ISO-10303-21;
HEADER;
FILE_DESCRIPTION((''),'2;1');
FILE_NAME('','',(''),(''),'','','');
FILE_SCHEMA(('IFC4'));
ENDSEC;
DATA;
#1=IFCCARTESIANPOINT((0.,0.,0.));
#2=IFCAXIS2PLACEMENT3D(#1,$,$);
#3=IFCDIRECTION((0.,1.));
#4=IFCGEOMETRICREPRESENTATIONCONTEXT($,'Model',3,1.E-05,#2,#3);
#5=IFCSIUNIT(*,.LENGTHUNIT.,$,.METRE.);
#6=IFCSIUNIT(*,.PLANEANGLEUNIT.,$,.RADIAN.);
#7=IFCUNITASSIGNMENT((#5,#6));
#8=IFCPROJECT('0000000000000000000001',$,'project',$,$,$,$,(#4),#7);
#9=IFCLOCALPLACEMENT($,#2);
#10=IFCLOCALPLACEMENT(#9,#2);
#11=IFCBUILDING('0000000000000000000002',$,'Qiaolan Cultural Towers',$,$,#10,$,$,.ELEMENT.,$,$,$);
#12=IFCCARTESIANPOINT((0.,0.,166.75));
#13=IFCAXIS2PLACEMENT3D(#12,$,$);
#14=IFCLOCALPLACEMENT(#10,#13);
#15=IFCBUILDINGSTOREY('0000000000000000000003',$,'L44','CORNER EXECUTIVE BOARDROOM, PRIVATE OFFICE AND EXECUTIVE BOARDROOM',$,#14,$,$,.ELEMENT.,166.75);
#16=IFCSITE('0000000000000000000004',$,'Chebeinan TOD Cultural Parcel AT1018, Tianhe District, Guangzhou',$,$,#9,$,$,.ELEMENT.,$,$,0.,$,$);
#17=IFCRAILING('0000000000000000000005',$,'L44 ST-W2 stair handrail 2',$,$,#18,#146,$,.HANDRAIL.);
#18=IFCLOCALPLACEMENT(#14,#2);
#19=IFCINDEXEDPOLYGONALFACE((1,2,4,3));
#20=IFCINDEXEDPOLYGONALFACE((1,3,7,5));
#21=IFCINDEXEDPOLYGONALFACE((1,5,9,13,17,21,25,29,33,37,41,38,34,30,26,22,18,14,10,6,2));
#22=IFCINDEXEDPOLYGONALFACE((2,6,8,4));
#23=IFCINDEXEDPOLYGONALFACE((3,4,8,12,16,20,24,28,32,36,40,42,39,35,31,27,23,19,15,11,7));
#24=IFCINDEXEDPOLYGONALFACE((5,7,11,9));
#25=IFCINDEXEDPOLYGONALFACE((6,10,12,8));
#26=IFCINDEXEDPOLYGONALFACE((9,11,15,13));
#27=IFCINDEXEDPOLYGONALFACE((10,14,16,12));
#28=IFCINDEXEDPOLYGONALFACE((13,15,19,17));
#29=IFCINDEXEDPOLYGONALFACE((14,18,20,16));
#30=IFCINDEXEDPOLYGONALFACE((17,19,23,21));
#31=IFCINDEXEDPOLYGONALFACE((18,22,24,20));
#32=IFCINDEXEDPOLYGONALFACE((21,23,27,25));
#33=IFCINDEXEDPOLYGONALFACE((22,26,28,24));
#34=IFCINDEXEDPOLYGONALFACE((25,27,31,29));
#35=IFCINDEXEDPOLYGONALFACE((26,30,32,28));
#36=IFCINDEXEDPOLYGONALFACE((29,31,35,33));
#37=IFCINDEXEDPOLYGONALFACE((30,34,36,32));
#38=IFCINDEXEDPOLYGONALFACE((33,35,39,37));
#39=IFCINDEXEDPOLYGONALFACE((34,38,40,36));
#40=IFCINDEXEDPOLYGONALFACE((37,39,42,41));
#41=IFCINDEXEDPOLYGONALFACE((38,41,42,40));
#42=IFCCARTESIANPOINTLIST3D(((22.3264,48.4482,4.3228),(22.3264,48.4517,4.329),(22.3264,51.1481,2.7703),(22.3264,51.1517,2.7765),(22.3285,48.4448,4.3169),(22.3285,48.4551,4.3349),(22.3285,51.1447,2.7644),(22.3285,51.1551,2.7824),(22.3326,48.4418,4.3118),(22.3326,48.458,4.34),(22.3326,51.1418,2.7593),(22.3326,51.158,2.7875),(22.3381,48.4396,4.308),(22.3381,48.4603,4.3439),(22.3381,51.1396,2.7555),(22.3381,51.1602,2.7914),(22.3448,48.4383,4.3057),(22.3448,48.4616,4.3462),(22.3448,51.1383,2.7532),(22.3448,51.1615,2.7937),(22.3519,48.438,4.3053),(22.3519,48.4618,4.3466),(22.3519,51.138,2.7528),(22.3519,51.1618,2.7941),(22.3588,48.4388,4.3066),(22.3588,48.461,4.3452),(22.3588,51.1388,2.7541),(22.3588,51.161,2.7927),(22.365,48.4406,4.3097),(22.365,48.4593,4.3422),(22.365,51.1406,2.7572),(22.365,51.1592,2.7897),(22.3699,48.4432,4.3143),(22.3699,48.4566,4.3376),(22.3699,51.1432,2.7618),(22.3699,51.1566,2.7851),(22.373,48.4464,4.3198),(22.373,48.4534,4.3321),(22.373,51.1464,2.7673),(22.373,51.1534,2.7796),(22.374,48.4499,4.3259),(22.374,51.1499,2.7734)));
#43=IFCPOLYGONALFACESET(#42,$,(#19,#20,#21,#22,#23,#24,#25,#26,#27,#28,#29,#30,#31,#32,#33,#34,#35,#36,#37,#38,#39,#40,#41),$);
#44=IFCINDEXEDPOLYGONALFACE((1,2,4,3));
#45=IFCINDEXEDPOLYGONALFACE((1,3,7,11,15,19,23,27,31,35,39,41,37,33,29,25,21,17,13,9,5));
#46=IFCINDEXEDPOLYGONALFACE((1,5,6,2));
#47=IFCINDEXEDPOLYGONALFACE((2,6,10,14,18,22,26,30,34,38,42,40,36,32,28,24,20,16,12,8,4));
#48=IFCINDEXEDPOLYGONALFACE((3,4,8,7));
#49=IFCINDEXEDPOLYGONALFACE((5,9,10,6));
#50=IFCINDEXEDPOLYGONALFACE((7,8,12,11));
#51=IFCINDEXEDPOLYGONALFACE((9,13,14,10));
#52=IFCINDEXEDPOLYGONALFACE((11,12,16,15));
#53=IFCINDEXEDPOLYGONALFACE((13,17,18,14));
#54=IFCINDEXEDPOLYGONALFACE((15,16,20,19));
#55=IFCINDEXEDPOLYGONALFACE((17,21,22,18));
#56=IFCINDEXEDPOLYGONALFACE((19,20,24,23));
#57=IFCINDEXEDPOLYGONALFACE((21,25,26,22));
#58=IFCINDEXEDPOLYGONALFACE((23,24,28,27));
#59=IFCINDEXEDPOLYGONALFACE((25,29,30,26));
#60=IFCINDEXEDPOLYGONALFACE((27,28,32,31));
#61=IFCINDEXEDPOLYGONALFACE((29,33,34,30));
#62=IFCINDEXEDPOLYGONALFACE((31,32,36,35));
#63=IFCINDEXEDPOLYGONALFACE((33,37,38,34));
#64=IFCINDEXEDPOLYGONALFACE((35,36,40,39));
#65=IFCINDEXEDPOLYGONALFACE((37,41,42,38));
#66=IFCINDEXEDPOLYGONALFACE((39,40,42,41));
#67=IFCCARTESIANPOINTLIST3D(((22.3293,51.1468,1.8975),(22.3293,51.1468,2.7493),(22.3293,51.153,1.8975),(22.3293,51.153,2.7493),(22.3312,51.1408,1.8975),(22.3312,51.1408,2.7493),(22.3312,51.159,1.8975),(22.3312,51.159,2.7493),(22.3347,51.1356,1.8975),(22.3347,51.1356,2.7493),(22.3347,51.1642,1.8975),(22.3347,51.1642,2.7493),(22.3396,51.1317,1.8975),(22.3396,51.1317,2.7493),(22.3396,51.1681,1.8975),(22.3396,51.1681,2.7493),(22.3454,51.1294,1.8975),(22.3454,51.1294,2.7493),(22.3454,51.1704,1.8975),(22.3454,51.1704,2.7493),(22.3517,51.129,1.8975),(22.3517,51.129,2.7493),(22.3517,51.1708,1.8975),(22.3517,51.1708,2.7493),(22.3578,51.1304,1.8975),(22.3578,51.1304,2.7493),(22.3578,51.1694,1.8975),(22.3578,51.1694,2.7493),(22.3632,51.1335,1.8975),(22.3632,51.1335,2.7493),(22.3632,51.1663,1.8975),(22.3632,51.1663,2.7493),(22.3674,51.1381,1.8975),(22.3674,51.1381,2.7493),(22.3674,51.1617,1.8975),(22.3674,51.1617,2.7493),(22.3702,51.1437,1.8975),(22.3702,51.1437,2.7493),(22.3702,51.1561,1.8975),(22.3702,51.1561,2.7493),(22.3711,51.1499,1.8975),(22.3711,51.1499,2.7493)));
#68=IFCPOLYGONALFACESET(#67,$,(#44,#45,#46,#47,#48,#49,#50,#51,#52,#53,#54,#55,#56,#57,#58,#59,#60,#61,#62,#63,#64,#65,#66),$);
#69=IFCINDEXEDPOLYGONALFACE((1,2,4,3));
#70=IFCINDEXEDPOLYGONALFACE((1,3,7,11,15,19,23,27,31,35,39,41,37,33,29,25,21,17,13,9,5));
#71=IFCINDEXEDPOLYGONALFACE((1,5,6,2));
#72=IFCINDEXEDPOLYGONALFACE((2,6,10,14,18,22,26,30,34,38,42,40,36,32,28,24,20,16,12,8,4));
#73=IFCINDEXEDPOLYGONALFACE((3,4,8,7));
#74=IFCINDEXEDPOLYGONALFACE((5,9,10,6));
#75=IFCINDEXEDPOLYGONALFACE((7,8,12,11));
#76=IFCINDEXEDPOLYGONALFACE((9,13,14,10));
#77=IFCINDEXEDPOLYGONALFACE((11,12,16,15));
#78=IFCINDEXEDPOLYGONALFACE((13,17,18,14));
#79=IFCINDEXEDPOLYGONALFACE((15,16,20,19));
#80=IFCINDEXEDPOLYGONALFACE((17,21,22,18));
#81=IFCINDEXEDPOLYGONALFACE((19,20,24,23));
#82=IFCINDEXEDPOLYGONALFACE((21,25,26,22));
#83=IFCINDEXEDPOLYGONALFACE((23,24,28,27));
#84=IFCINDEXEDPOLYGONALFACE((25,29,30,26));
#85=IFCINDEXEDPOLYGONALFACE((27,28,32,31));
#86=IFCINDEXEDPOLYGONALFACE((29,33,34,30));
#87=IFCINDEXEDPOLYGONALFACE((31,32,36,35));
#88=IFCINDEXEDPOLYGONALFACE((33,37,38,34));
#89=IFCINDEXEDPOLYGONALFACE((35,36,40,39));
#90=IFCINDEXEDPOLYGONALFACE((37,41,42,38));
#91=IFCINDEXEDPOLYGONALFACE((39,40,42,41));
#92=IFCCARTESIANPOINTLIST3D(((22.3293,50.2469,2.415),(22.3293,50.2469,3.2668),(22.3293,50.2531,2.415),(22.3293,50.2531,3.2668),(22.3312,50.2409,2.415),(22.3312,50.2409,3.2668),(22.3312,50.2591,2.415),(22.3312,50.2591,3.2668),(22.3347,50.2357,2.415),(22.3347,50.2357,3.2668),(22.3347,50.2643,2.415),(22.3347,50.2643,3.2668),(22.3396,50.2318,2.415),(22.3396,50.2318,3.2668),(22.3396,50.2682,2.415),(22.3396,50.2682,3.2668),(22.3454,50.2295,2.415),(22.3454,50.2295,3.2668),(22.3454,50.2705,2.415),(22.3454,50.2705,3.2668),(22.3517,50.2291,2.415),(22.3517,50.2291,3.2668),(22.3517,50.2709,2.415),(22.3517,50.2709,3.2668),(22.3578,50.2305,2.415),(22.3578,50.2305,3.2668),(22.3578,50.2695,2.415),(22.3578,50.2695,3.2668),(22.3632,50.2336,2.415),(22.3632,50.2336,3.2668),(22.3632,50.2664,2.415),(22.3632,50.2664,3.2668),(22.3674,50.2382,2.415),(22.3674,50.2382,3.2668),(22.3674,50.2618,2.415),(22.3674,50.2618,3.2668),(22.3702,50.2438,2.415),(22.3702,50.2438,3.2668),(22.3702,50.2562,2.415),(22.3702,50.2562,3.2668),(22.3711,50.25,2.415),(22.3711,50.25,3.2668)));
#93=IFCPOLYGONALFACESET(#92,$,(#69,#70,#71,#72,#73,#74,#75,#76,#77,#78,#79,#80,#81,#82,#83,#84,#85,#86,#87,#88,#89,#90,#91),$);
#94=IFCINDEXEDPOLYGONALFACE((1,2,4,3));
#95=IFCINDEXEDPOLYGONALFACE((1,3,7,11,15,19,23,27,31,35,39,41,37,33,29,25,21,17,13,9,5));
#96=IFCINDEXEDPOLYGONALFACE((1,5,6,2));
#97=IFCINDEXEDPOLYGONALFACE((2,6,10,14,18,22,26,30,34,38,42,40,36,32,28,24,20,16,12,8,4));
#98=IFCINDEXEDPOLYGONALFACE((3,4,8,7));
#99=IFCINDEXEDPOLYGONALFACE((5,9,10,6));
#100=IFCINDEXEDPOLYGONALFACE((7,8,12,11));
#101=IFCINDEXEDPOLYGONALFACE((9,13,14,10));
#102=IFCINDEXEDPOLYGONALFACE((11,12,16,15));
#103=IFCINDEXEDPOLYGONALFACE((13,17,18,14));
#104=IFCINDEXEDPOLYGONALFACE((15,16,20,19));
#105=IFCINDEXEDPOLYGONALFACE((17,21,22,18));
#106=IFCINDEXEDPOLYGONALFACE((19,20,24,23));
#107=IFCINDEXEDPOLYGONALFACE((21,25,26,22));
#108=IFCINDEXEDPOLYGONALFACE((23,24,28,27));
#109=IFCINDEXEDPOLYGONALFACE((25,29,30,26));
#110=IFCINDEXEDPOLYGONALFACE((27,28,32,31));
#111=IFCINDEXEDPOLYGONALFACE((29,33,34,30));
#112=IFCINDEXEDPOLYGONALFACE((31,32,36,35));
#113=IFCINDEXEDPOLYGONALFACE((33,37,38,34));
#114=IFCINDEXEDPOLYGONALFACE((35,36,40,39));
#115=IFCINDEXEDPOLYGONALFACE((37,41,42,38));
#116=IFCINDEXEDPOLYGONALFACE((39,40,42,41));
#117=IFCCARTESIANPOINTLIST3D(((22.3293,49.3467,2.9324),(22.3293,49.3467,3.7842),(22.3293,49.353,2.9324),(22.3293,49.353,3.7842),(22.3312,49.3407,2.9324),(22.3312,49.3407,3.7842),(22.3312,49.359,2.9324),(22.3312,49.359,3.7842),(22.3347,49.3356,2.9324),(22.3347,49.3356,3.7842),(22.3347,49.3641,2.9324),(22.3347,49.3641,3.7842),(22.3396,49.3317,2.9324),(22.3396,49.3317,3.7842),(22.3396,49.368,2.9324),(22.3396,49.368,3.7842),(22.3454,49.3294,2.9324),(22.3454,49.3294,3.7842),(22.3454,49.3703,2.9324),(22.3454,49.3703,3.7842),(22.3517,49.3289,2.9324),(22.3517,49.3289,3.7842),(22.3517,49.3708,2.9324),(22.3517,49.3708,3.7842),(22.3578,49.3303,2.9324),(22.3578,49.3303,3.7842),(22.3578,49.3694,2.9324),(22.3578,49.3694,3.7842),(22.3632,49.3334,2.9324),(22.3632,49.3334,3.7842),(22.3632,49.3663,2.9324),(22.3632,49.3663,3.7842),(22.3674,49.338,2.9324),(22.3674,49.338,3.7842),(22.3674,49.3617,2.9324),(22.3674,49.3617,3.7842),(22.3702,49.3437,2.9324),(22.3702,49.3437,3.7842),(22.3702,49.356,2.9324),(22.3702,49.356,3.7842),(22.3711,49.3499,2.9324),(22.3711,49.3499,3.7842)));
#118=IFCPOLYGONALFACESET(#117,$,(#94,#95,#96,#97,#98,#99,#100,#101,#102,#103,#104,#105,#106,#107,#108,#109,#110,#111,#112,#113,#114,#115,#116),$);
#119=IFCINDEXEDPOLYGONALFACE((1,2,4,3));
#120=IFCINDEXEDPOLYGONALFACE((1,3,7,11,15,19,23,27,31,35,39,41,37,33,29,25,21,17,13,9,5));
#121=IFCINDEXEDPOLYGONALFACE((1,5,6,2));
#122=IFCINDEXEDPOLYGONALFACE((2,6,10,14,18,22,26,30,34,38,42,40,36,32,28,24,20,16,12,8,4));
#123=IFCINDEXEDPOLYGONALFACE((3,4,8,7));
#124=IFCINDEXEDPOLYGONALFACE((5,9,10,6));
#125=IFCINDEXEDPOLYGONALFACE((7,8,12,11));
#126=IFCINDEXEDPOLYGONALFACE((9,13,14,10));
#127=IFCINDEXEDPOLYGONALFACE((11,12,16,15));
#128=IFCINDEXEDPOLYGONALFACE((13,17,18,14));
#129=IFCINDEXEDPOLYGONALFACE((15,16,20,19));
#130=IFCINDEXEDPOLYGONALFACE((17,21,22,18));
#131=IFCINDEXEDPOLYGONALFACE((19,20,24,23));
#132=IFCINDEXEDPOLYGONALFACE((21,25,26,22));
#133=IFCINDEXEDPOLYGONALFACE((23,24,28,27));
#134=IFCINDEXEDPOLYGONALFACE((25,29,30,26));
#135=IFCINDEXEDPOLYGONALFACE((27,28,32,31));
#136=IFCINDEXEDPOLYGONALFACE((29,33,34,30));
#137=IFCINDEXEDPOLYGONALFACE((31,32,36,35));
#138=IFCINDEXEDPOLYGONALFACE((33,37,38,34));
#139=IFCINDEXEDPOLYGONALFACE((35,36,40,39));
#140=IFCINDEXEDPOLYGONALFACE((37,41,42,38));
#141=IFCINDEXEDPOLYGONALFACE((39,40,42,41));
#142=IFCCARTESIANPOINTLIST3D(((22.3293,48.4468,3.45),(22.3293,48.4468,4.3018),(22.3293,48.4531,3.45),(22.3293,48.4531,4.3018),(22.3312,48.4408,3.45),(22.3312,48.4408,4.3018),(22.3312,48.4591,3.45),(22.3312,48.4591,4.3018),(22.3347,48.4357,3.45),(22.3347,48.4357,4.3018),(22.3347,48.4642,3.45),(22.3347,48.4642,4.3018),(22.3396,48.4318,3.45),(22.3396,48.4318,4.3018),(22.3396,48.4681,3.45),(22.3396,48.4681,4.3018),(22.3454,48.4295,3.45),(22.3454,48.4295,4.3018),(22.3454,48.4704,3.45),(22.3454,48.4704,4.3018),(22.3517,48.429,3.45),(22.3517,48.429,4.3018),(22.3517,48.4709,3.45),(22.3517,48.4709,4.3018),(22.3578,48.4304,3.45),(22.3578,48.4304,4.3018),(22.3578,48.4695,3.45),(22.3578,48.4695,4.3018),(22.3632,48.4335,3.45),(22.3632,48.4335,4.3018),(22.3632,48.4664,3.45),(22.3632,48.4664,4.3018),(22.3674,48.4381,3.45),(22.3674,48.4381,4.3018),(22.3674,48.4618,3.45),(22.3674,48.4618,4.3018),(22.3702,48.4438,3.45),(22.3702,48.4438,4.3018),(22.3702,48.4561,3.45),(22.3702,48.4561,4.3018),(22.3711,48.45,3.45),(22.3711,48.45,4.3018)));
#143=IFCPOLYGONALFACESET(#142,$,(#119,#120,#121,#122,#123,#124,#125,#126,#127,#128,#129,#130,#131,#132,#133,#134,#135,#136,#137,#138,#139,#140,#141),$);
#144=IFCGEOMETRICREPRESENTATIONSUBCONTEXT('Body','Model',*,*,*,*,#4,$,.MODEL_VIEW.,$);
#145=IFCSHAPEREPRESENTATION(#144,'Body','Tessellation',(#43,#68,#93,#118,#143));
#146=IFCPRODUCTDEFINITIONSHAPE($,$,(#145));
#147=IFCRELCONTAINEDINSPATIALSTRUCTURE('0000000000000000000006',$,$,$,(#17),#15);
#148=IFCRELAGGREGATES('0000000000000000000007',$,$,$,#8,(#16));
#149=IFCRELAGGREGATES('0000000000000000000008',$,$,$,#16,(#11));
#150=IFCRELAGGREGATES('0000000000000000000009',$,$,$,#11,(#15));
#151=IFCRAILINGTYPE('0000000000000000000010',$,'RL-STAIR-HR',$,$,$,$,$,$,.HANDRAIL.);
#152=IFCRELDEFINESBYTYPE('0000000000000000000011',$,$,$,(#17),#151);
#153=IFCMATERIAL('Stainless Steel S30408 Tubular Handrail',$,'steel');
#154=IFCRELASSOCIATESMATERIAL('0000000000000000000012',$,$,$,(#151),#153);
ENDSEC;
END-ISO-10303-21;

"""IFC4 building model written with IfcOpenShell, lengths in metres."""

from ifc_helpers import new_model, si_unit, direction, frame, origin, origin_2d, place, context, subcontext, project, spatial, circle, extrude, material, type_object, element, save


model = new_model("IFC4")

# Units and contexts
model_context = context("Model", 3, precision=1e-05, world=origin(), true_north=direction((0.0, 1.0)))
body_context = subcontext(model_context, "Body", "Model", "MODEL_VIEW")
ifc_project = project(units=[si_unit("LENGTHUNIT", "METRE"), si_unit("PLANEANGLEUNIT", "RADIAN")], contexts=[model_context])

# Site, building, storey
site_placement = place(None, origin())
site = spatial("IfcSite", under=ifc_project, at=site_placement, Name="Chebeinan TOD Cultural Parcel AT1018, Tianhe District, Guangzhou", CompositionType="ELEMENT", RefElevation=0.0)
building_placement = place(site_placement, origin())
building = spatial("IfcBuilding", under=site, at=building_placement, Name="Qiaolan Cultural Towers", CompositionType="ELEMENT")
storey_placement = place(building_placement, frame((0.0, 0.0, 166.75)))
storey = spatial("IfcBuildingStorey", under=building, at=storey_placement, Name="L44", Description="CORNER EXECUTIVE BOARDROOM, PRIVATE OFFICE AND EXECUTIVE BOARDROOM", CompositionType="ELEMENT", Elevation=166.75)

# Railing
ifc_material_1 = material(Name="Stainless Steel S30408 Tubular Handrail", Category="steel")
railing_type_1 = type_object("IfcRailingType", Name="RL-STAIR-HR", PredefinedType="HANDRAIL", material=ifc_material_1)
railing_1_placement = place(storey_placement, frame((22.3501, 51.1499, 1.8975)))
element("IfcRailing", 1, at=railing_1_placement, inside=storey, type_object=railing_type_1, Name="L44 ST-W2 stair handrail 2", PredefinedType="HANDRAIL", context=body_context, shape_type="SweptSolid", body=[
    extrude(circle(Radius=0.0239, at=origin_2d()), frame((0.0, 0.0, 0.876), z_axis=(0.0, -0.866904, 0.498476), x_axis=(1.0, 0.0, 0.0)), (0.0, 0.0, 1.0), 3.1145),
    extrude(circle(Radius=0.021, at=origin_2d()), origin(), (0.0, 0.0, 1.0), 0.8518),
    extrude(circle(Radius=0.021, at=origin_2d()), frame((0.0, -0.8999, 0.5176)), (0.0, 0.0, 1.0), 0.8518),
    extrude(circle(Radius=0.021, at=origin_2d()), frame((0.0, -1.8, 1.0349)), (0.0, 0.0, 1.0), 0.8518),
    extrude(circle(Radius=0.021, at=origin_2d()), frame((0.0, -2.7, 1.5525)), (0.0, 0.0, 1.0), 0.8518),
])

save(model, "model.ifc")
